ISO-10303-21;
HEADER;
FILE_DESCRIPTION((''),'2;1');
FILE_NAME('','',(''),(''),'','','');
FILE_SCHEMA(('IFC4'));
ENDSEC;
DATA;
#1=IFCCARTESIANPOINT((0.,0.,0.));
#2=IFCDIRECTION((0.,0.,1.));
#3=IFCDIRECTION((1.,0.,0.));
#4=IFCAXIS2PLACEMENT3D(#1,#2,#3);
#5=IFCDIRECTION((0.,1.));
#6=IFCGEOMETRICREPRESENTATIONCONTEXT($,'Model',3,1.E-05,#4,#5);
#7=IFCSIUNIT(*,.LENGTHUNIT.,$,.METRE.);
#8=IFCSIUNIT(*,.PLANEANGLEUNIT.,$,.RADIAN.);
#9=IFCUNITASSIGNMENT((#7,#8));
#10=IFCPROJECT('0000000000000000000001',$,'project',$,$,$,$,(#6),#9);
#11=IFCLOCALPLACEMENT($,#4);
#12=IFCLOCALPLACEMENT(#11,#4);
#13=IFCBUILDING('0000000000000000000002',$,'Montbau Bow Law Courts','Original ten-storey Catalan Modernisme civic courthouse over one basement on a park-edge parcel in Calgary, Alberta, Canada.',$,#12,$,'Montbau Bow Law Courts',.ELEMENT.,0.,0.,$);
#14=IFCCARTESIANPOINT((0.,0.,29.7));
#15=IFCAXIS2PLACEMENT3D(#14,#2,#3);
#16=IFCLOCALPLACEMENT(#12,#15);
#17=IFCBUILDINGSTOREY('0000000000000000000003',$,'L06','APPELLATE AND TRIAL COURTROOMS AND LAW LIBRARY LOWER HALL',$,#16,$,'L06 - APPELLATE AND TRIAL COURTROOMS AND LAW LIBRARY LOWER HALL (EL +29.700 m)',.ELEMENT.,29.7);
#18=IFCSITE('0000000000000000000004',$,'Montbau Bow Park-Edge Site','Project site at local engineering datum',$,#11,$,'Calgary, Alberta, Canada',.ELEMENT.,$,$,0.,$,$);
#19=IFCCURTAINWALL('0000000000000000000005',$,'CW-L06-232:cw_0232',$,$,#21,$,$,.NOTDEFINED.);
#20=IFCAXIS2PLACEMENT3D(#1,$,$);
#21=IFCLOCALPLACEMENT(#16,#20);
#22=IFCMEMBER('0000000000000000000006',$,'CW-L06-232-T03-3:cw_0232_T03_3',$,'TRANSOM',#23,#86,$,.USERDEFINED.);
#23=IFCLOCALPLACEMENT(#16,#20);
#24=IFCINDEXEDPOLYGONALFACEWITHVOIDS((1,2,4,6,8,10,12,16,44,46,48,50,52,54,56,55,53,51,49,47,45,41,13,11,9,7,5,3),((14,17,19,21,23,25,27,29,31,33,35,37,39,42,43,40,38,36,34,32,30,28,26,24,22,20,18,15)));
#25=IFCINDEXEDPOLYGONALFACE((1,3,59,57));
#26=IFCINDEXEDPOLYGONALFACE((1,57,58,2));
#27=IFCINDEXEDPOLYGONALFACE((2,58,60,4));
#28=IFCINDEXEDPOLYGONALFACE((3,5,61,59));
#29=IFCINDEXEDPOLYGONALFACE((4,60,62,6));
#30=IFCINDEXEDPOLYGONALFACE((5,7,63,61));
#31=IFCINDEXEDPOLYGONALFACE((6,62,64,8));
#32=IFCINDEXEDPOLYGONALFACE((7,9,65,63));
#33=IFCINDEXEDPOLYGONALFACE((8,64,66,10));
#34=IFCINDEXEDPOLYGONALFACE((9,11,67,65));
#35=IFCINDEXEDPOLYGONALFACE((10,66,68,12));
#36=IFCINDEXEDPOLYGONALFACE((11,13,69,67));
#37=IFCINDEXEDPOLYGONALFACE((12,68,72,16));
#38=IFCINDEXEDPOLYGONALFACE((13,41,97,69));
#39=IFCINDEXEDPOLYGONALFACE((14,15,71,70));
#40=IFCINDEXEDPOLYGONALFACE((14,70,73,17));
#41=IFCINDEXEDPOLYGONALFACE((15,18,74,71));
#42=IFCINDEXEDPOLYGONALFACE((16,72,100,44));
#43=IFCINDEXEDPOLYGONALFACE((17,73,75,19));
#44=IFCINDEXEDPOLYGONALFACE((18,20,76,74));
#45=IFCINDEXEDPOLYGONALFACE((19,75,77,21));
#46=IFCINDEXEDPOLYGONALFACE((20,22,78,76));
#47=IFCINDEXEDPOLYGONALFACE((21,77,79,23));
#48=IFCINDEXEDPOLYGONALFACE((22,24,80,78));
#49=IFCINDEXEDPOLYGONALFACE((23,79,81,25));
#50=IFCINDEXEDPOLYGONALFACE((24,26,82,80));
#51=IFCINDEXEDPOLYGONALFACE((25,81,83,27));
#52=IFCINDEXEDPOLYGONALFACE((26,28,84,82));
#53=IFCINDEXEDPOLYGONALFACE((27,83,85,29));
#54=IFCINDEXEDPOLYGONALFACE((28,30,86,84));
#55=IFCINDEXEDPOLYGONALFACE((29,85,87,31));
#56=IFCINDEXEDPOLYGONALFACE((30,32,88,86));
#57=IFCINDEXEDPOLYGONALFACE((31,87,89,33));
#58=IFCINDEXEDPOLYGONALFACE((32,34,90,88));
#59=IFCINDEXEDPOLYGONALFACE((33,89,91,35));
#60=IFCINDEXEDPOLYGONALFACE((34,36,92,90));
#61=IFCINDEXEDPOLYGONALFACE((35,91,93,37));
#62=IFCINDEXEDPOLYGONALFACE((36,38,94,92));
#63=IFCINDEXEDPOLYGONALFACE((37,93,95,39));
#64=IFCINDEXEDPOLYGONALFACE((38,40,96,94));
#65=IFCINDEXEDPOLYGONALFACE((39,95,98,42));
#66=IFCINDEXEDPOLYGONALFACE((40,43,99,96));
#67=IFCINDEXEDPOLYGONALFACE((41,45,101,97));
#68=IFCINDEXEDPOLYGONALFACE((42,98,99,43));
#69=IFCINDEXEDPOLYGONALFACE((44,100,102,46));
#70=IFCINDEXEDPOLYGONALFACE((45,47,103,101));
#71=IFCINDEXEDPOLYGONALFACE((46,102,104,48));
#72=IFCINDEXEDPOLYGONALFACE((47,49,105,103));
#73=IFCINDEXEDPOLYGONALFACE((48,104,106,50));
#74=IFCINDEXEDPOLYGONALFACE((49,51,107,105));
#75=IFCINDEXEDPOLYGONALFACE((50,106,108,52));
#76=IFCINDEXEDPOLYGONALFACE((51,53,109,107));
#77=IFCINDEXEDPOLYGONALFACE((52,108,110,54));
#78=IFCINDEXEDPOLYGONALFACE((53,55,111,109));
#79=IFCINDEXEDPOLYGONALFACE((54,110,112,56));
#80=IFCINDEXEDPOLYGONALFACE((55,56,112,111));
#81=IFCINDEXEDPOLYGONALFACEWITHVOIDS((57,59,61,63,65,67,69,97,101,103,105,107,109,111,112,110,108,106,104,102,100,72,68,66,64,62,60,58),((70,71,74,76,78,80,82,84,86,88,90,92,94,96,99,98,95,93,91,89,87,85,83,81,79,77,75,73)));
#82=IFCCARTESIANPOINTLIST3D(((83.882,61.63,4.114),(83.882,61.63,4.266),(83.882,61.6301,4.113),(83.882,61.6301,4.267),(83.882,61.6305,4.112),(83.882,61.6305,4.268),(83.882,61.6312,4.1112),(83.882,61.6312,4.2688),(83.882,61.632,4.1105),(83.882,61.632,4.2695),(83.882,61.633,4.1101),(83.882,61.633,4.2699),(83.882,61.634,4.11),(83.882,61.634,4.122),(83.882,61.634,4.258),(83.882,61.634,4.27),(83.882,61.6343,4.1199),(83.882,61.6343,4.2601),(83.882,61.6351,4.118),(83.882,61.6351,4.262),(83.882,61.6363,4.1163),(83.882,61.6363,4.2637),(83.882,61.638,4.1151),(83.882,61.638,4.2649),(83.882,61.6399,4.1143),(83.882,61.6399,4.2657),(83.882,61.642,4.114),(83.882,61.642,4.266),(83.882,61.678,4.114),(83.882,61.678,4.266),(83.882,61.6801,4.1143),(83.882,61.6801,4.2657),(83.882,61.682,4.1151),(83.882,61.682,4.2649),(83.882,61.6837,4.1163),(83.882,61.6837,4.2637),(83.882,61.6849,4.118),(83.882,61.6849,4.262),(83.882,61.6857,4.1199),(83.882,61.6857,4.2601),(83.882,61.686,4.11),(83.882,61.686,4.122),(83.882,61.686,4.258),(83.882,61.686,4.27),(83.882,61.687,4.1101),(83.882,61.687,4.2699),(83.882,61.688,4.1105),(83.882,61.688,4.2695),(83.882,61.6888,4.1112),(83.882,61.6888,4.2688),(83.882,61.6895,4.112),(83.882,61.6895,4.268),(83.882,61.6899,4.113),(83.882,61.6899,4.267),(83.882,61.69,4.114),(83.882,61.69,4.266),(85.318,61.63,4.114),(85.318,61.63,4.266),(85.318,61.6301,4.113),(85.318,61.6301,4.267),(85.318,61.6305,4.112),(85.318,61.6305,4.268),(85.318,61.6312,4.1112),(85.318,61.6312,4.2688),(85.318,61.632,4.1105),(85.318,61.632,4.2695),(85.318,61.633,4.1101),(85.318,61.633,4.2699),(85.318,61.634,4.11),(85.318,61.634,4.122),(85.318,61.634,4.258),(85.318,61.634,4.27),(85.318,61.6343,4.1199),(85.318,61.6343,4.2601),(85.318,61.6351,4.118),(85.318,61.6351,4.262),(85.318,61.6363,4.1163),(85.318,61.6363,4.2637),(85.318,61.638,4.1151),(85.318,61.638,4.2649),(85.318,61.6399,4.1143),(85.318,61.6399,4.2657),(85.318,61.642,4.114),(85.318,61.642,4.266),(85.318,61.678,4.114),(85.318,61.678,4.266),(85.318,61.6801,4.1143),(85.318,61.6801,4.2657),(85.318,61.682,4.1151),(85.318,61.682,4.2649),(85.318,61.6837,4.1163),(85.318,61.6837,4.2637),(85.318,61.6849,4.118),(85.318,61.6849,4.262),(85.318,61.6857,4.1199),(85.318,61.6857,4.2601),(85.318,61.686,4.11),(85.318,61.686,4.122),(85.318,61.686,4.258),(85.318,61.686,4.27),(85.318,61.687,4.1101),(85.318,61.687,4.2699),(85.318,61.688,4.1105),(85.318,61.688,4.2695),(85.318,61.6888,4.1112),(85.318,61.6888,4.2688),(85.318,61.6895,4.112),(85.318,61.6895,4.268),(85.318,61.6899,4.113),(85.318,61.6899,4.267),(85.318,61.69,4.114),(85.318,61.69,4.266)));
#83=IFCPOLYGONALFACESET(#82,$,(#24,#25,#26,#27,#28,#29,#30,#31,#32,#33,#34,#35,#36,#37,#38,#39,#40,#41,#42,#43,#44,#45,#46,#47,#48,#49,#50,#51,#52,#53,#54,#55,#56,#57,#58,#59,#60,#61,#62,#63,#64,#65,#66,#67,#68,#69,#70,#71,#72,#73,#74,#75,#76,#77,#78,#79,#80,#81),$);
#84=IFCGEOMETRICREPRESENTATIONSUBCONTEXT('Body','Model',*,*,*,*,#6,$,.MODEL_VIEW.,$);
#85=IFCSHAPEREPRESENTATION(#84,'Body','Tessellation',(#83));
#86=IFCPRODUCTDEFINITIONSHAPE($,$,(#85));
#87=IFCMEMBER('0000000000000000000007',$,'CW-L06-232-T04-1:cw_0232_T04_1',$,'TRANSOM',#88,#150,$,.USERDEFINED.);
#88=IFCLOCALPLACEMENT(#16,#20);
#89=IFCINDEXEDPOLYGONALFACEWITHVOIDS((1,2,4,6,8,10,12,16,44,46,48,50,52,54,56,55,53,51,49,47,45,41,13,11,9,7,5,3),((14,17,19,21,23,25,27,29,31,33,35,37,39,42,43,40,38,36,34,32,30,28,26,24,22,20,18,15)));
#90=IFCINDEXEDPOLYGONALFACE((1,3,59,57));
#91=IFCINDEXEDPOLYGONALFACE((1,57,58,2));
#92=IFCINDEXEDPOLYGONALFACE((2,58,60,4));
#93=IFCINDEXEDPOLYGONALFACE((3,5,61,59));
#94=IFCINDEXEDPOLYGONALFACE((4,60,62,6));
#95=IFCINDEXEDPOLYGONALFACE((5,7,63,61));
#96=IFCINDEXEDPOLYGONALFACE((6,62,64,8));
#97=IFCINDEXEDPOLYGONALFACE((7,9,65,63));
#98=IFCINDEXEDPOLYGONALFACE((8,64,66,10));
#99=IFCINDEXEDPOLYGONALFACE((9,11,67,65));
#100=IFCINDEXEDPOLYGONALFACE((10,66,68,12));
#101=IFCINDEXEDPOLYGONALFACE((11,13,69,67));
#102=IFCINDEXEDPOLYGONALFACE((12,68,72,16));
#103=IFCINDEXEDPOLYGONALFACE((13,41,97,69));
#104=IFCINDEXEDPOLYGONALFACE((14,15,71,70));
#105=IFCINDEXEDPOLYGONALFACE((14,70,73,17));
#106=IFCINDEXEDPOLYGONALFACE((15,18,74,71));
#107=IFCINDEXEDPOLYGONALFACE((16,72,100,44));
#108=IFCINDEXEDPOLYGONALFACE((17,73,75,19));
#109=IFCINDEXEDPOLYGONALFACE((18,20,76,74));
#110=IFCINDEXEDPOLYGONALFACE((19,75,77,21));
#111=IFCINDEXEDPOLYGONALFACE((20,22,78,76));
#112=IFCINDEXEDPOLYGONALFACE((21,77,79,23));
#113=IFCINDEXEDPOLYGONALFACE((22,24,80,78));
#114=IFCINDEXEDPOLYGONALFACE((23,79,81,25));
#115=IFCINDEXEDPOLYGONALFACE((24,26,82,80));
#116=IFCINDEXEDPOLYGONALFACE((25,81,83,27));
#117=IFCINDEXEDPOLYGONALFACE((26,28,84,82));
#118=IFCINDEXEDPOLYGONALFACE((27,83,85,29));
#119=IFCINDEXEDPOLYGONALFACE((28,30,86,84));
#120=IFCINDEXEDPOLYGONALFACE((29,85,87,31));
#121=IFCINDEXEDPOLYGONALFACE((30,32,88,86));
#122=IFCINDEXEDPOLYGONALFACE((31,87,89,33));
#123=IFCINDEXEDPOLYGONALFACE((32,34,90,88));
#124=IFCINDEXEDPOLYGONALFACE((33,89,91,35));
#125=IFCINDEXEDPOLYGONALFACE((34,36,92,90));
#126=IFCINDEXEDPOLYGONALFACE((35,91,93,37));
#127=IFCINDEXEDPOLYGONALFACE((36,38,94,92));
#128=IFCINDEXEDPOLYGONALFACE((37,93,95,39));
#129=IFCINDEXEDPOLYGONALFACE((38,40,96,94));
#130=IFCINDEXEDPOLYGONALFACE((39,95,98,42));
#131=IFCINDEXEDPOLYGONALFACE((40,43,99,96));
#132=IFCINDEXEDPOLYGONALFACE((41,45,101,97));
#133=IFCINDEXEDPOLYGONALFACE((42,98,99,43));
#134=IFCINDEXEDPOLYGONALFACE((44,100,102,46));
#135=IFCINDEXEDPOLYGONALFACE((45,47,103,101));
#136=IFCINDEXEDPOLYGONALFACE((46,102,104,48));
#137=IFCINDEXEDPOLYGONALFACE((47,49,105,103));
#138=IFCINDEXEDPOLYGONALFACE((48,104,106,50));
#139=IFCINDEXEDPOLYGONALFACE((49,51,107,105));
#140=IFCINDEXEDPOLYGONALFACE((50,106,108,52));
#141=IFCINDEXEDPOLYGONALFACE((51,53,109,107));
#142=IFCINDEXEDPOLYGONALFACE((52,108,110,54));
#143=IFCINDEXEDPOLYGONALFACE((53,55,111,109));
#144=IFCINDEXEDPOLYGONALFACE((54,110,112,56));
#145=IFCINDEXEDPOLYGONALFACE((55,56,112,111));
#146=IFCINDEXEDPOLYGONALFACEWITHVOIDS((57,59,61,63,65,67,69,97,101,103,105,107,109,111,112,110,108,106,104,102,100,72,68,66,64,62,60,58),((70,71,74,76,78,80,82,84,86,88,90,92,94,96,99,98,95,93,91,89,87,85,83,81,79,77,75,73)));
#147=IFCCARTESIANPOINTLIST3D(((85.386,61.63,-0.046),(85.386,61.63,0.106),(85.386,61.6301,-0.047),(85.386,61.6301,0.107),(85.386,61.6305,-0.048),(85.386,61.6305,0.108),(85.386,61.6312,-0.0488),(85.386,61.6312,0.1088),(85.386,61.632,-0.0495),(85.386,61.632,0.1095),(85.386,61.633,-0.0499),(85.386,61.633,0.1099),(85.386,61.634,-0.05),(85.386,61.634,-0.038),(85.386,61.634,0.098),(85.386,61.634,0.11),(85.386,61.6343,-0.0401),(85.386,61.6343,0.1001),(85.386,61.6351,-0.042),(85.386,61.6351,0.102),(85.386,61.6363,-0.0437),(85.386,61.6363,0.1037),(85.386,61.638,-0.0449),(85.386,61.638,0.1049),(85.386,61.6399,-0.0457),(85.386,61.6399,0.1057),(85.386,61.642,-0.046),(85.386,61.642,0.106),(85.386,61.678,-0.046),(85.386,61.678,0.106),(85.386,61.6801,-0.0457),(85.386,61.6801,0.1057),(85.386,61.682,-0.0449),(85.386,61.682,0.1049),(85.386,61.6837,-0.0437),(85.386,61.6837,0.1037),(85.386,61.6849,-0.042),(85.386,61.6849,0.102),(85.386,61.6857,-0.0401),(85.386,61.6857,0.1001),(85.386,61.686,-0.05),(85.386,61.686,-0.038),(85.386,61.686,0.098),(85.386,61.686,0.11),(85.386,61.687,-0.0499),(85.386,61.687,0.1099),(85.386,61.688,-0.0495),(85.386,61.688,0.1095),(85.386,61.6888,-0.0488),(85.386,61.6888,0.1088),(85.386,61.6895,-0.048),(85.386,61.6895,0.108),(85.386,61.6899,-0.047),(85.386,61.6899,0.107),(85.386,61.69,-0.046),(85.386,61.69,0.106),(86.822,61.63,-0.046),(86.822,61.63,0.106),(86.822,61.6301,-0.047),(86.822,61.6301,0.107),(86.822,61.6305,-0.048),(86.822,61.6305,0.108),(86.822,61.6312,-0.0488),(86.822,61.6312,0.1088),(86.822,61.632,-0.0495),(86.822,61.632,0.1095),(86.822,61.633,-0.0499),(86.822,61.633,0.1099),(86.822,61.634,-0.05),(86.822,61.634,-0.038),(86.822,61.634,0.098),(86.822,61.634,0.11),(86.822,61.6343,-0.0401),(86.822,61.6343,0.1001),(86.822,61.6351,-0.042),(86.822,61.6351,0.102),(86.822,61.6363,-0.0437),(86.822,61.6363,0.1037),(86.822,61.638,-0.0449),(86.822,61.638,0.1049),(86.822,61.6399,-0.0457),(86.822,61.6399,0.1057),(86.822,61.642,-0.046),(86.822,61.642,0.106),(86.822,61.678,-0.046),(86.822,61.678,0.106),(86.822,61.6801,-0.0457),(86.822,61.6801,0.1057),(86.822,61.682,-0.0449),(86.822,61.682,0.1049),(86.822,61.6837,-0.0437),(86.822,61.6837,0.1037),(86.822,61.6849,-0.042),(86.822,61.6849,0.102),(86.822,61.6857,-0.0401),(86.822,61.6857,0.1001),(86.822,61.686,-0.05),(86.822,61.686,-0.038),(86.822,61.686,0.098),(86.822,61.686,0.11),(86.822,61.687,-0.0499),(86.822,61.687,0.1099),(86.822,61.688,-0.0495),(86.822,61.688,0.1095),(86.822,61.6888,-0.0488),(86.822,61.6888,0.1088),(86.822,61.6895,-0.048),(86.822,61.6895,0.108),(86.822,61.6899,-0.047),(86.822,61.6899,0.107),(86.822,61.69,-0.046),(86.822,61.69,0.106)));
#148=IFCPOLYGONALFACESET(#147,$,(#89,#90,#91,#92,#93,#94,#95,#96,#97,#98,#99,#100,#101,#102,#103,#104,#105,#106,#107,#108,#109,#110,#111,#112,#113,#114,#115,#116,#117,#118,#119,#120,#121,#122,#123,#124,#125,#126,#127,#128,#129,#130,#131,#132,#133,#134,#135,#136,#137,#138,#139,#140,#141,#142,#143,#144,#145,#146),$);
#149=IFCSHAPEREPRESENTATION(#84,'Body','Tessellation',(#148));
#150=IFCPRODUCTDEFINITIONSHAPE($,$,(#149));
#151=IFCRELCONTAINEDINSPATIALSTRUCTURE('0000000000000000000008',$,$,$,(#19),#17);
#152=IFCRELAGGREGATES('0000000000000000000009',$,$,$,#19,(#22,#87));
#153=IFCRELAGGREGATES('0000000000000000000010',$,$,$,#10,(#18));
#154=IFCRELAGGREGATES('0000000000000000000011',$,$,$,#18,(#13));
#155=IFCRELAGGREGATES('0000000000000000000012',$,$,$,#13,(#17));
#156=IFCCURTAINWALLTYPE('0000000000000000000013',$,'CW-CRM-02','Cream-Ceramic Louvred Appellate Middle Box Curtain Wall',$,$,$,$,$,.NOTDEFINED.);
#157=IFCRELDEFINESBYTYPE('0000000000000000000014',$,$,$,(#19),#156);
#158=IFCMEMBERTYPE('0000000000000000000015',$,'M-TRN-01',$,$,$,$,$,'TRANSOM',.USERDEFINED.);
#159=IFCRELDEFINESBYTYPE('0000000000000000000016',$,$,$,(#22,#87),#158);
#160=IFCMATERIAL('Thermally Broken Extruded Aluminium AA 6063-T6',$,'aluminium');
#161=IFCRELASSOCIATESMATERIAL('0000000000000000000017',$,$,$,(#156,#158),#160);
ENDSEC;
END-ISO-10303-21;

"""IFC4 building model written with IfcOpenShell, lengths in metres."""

from ifc_helpers import new_model, si_unit, direction, frame, origin_with_axes, origin_2d_with_axis, place, context, subcontext, project, spatial, hollow_rectangle, extrude, material, material_profile, profile_set, type_object, element, aggregate, save


model = new_model("IFC4")

# Units and contexts
model_context = context("Model", 3, precision=1e-05, world=origin_with_axes(), true_north=direction((0.0, 1.0)))
body_context = subcontext(model_context, "Body", "Model", "MODEL_VIEW")
ifc_project = project(units=[si_unit("LENGTHUNIT", "METRE"), si_unit("PLANEANGLEUNIT", "RADIAN")], contexts=[model_context])

# Site, building, storey
site_placement = place(None, origin_with_axes())
site = spatial("IfcSite", under=ifc_project, at=site_placement, Name="Montbau Bow Park-Edge Site", Description="Project site at local engineering datum", LongName="Calgary, Alberta, Canada", CompositionType="ELEMENT", RefElevation=0.0)
building_placement = place(site_placement, origin_with_axes())
building = spatial("IfcBuilding", under=site, at=building_placement, Name="Montbau Bow Law Courts", Description="Original ten-storey Catalan Modernisme civic courthouse over one basement on a park-edge parcel in Calgary, Alberta, Canada.", LongName="Montbau Bow Law Courts", CompositionType="ELEMENT", ElevationOfRefHeight=0.0, ElevationOfTerrain=0.0)
storey_placement = place(building_placement, frame((0.0, 0.0, 29.7), z_axis=(0.0, 0.0, 1.0), x_axis=(1.0, 0.0, 0.0)))
storey = spatial("IfcBuildingStorey", under=building, at=storey_placement, Name="L06", Description="APPELLATE AND TRIAL COURTROOMS AND LAW LIBRARY LOWER HALL", LongName="L06 - APPELLATE AND TRIAL COURTROOMS AND LAW LIBRARY LOWER HALL (EL +29.700 m)", CompositionType="ELEMENT", Elevation=29.7)

# Curtain wall, members
ifc_material_1 = material(Name="Thermally Broken Extruded Aluminium AA 6063-T6", Category="aluminium")
curtain_wall_type = type_object("IfcCurtainWallType", Name="CW-CRM-02", Description="Cream-Ceramic Louvred Appellate Middle Box Curtain Wall", PredefinedType="NOTDEFINED", material=ifc_material_1)
curtain_wall_placement = place(None, frame((80.84, 61.66, 29.7), z_axis=(0.0, 0.0, 1.0), x_axis=(1.0, 0.0, 0.0)))
curtain_wall = element("IfcCurtainWall", 1, at=curtain_wall_placement, inside=storey, type_object=curtain_wall_type, Name="CW-L06-232:cw_0232", PredefinedType="NOTDEFINED")
ifc_material_profile_1 = material_profile(ifc_material_1, hollow_rectangle(XDim=0.06, YDim=0.16, WallThickness=0.004, InnerFilletRadius=0.008, OuterFilletRadius=0.004, at=origin_2d_with_axis()), Name="CWT-160X60", Category="Main", Priority=0)
ifc_profile_set_1 = profile_set([ifc_material_profile_1], Name="Thermally Broken Extruded Aluminium AA 6063-T6")
member_type_1 = type_object("IfcMemberType", Name="M-TRN-01", ElementType="TRANSOM", PredefinedType="USERDEFINED", material=ifc_profile_set_1)
member_1_placement = place(None, frame((83.882, 61.66, 33.89), z_axis=(1.0, 0.0, 0.0), x_axis=(0.0, 1.0, 0.0)))
member_1 = element("IfcMember", 2, at=member_1_placement, type_object=member_type_1, Name="CW-L06-232-T03-3:cw_0232_T03_3", ObjectType="TRANSOM", PredefinedType="USERDEFINED", context=body_context, shape_type="SweptSolid", body=[
    extrude(hollow_rectangle(XDim=0.06, YDim=0.16, WallThickness=0.004, InnerFilletRadius=0.008, OuterFilletRadius=0.004, at=origin_2d_with_axis()), origin_with_axes(), (0.0, 0.0, 1.0), 1.436),
])
member_2_placement = place(None, frame((85.386, 61.66, 29.73), z_axis=(1.0, 0.0, 0.0), x_axis=(0.0, 1.0, 0.0)))
member_2 = element("IfcMember", 3, at=member_2_placement, type_object=member_type_1, Name="CW-L06-232-T04-1:cw_0232_T04_1", ObjectType="TRANSOM", PredefinedType="USERDEFINED", context=body_context, shape_type="SweptSolid", body=[
    extrude(hollow_rectangle(XDim=0.06, YDim=0.16, WallThickness=0.004, InnerFilletRadius=0.008, OuterFilletRadius=0.004, at=origin_2d_with_axis()), origin_with_axes(), (0.0, 0.0, 1.0), 1.436),
])
aggregate(curtain_wall, [member_1, member_2])

save(model, "model.ifc")
